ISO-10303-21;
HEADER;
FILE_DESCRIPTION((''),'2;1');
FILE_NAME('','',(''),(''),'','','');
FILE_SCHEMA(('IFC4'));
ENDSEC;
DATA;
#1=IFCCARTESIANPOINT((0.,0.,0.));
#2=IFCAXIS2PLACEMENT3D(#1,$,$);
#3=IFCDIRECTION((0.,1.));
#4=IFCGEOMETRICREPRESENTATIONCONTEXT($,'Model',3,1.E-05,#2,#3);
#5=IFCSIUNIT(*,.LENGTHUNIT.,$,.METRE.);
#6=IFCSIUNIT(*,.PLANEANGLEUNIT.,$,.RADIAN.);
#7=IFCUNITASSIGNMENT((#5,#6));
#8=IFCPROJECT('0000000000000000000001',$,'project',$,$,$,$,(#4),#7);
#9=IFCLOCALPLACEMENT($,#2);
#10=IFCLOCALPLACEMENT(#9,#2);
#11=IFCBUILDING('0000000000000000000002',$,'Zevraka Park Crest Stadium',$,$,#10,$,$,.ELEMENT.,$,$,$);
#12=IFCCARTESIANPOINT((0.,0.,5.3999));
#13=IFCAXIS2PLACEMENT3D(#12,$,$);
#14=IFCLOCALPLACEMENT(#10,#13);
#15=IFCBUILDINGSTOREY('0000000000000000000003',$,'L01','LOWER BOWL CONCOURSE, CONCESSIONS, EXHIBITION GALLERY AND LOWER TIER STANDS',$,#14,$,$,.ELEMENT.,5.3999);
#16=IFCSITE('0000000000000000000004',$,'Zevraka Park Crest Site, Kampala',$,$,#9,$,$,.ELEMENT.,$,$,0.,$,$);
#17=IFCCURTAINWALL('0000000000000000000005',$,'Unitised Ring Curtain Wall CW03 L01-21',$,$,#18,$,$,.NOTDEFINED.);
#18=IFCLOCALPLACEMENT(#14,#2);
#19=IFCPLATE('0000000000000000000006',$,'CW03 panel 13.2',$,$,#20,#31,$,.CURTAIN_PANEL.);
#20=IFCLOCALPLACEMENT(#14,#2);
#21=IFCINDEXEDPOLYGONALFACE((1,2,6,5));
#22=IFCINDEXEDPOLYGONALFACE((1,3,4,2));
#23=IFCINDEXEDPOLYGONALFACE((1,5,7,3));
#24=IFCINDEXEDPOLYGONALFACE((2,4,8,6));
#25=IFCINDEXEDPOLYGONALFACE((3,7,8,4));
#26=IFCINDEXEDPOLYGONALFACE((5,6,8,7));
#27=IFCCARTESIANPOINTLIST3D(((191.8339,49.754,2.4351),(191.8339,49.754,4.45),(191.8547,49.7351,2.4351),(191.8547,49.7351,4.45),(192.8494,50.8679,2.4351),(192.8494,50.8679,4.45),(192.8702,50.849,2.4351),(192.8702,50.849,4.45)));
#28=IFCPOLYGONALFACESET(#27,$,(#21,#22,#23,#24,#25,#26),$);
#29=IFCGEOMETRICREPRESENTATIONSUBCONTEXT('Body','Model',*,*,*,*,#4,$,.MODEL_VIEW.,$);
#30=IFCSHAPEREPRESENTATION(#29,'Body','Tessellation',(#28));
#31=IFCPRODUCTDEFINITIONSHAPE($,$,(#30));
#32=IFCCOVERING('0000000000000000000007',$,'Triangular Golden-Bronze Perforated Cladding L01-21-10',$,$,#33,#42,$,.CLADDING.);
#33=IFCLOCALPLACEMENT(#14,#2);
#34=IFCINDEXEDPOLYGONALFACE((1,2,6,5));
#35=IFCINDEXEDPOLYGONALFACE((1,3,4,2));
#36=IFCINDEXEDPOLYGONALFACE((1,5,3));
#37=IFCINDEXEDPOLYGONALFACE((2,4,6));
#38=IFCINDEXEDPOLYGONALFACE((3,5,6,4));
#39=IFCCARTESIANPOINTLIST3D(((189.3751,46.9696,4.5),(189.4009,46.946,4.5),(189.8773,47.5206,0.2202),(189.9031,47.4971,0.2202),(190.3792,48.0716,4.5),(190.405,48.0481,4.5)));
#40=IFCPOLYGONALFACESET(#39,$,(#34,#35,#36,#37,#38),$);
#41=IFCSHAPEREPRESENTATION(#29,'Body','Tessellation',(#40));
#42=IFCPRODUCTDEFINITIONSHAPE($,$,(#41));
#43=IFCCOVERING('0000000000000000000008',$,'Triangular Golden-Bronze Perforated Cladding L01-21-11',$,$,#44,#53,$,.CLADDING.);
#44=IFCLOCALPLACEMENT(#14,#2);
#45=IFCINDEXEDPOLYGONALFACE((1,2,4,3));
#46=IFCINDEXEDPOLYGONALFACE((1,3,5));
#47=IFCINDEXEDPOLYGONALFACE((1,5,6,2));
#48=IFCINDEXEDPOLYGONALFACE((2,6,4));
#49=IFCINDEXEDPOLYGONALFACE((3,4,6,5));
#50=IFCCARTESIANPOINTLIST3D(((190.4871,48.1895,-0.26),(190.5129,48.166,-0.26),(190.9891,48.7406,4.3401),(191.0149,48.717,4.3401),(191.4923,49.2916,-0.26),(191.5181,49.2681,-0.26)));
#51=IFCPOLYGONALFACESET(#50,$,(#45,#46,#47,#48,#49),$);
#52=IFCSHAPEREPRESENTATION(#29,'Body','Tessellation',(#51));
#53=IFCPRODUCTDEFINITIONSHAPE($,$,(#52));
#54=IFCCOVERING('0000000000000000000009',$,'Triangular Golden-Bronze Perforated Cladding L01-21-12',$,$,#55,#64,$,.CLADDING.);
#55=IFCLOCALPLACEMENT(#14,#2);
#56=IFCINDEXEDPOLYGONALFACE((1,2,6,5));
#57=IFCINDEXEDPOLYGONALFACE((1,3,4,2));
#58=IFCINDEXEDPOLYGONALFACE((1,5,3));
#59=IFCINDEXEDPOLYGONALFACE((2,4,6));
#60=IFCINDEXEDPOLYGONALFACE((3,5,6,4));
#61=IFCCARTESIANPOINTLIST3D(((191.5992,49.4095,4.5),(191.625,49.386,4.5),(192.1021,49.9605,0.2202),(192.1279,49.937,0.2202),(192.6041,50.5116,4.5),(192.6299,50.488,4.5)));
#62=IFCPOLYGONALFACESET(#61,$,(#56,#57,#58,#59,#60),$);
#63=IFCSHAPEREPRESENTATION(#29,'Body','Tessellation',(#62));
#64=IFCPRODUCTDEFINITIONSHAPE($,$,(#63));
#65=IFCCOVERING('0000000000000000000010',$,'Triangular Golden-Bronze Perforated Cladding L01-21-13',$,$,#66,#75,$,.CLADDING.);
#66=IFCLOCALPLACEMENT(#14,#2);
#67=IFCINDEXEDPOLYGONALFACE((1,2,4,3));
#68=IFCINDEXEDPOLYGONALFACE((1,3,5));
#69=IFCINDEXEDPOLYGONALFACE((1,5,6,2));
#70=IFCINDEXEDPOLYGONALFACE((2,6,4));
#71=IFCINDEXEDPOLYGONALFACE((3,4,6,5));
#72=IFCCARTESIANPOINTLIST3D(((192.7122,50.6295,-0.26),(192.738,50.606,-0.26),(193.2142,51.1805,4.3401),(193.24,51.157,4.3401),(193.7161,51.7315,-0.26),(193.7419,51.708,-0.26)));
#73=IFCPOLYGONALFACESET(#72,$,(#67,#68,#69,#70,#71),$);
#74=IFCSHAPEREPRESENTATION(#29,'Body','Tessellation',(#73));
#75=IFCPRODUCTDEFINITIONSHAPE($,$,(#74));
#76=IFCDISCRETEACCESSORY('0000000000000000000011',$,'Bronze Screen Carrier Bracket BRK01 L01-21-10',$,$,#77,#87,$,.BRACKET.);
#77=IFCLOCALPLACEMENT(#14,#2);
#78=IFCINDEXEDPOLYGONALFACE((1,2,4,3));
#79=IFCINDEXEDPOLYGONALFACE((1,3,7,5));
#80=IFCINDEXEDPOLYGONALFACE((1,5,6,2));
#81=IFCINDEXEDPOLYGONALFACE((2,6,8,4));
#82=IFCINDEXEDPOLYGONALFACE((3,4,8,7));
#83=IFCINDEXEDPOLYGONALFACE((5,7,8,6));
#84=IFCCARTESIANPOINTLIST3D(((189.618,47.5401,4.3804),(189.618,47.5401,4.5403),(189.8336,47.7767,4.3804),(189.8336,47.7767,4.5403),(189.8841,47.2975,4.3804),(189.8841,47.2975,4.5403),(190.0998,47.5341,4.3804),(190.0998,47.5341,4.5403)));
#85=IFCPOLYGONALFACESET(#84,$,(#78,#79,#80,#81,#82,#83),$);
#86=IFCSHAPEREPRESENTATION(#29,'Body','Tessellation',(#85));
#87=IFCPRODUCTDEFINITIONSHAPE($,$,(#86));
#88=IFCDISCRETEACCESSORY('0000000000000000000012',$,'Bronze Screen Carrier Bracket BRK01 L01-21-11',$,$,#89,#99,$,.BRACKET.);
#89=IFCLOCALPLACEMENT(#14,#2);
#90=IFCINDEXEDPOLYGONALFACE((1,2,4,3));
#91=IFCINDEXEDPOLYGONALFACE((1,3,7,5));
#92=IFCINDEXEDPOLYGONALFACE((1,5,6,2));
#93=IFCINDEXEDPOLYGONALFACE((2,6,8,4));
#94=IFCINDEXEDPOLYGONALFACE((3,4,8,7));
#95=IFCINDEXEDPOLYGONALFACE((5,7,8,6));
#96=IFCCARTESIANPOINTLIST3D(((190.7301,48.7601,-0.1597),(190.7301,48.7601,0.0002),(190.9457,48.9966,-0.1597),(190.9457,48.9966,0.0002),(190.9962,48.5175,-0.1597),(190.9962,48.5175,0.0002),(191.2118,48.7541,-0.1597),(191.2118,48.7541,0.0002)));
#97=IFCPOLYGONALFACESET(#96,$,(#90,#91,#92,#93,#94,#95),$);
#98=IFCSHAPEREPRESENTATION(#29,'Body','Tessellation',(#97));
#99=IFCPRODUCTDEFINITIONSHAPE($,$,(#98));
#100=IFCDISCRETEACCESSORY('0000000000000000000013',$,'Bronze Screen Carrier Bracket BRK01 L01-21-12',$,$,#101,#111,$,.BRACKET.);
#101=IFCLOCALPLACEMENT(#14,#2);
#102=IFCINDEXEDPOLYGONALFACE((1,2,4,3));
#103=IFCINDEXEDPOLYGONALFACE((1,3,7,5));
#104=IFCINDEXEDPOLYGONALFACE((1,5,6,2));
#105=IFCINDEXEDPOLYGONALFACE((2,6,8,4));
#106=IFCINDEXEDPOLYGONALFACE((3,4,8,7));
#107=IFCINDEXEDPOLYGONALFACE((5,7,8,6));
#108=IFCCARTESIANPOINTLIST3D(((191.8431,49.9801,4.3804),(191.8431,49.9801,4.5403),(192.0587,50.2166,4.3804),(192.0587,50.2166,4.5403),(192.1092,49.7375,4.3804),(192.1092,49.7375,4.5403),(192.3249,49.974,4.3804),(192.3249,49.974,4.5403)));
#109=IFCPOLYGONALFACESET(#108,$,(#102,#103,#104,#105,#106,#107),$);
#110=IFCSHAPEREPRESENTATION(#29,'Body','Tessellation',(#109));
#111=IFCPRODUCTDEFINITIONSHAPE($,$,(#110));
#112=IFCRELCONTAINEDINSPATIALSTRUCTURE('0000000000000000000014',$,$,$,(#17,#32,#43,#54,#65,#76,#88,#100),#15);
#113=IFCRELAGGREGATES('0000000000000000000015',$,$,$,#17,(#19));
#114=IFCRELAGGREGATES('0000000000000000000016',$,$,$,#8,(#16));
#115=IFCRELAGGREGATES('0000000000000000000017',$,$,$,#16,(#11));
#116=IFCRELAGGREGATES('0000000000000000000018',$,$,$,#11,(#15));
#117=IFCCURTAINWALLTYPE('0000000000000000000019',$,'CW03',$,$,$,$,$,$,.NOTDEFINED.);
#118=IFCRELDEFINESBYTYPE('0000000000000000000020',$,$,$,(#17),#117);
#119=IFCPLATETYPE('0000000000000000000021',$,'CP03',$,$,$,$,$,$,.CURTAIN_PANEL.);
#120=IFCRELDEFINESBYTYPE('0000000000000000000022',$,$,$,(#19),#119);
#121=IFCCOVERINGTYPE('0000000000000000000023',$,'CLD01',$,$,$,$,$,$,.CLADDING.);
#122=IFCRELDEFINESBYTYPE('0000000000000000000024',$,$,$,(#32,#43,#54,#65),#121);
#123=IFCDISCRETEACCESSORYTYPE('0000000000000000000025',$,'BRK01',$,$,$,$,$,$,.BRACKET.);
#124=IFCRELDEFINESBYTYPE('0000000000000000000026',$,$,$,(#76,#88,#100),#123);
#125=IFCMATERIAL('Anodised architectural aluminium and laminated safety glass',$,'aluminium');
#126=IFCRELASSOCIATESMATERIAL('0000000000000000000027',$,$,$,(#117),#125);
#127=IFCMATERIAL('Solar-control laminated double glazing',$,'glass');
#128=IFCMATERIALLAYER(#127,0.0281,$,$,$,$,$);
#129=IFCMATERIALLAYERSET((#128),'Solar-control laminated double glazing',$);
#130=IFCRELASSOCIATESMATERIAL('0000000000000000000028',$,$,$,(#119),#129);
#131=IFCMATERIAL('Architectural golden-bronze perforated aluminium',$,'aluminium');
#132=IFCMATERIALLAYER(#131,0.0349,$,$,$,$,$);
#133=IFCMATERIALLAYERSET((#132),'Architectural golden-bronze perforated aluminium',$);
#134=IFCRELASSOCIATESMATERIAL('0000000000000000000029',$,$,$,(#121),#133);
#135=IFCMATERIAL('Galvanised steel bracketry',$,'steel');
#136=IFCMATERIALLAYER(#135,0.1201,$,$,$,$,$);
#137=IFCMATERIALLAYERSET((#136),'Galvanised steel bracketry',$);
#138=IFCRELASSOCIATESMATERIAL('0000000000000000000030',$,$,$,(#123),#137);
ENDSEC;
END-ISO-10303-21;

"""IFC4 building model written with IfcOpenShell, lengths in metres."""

from ifc_helpers import new_model, si_unit, direction, frame, origin, origin_2d, place, context, subcontext, project, spatial, polyline, rectangle, outline, extrude, material, layer, layer_set, type_object, element, aggregate, save


model = new_model("IFC4")

# Units and contexts
model_context = context("Model", 3, precision=1e-05, world=origin(), true_north=direction((0.0, 1.0)))
body_context = subcontext(model_context, "Body", "Model", "MODEL_VIEW")
ifc_project = project(units=[si_unit("LENGTHUNIT", "METRE"), si_unit("PLANEANGLEUNIT", "RADIAN")], contexts=[model_context])

# Site, building, storey
site_placement = place(None, origin())
site = spatial("IfcSite", under=ifc_project, at=site_placement, Name="Zevraka Park Crest Site, Kampala", CompositionType="ELEMENT", RefElevation=0.0)
building_placement = place(site_placement, origin())
building = spatial("IfcBuilding", under=site, at=building_placement, Name="Zevraka Park Crest Stadium", CompositionType="ELEMENT")
storey_placement = place(building_placement, frame((0.0, 0.0, 5.3999)))
storey = spatial("IfcBuildingStorey", under=building, at=storey_placement, Name="L01", Description="LOWER BOWL CONCOURSE, CONCESSIONS, EXHIBITION GALLERY AND LOWER TIER STANDS", CompositionType="ELEMENT", Elevation=5.3999)

# Curtain wall, plate
ifc_material_1 = material(Name="Anodised architectural aluminium and laminated safety glass", Category="aluminium")
curtain_wall_type = type_object("IfcCurtainWallType", Name="CW03", PredefinedType="NOTDEFINED", material=ifc_material_1)
curtain_wall_placement = place(storey_placement, origin())
curtain_wall = element("IfcCurtainWall", 1, at=curtain_wall_placement, inside=storey, type_object=curtain_wall_type, Name="Unitised Ring Curtain Wall CW03 L01-21", PredefinedType="NOTDEFINED")
ifc_material_2 = material(Name="Solar-control laminated double glazing", Category="glass")
ifc_layer_1 = layer(ifc_material_2, 0.0281)
ifc_layer_set_1 = layer_set([ifc_layer_1], Name="Solar-control laminated double glazing")
plate_type = type_object("IfcPlateType", Name="CP03", PredefinedType="CURTAIN_PANEL", material=ifc_layer_set_1)
plate_1_placement = place(storey_placement, frame((192.3521, 50.3015, 2.4351), z_axis=(0.0, 0.0, 1.0), x_axis=(0.67368, 0.739023, 0.0)))
plate_1 = element("IfcPlate", 2, at=plate_1_placement, type_object=plate_type, Name="CW03 panel 13.2", PredefinedType="CURTAIN_PANEL", context=body_context, shape_type="SweptSolid", body=[
    extrude(rectangle(XDim=1.5073, YDim=0.0281, at=origin_2d()), origin(), (0.0, 0.0, 1.0), 2.0149),
])
aggregate(curtain_wall, [plate_1])

# Coverings
ifc_material_3 = material(Name="Architectural golden-bronze perforated aluminium", Category="aluminium")
ifc_layer_2 = layer(ifc_material_3, 0.0349)
ifc_layer_set_2 = layer_set([ifc_layer_2], Name="Architectural golden-bronze perforated aluminium")
covering_type = type_object("IfcCoveringType", Name="CLD01", PredefinedType="CLADDING", material=ifc_layer_set_2)
covering_1_placement = place(storey_placement, frame((190.405, 48.0481, 4.5), z_axis=(0.739176, -0.673512, 0.000021), x_axis=(-0.673512, -0.739176, 0.0)))
element("IfcCovering", 3, at=covering_1_placement, inside=storey, type_object=covering_type, Name="Triangular Golden-Bronze Perforated Cladding L01-21-10", PredefinedType="CLADDING", context=body_context, shape_type="SweptSolid", body=[
    extrude(outline(polyline([(0.0, 0.0), (1.4909, 0.0), (0.7454, 4.2798), (0.0, 0.0)])), origin(), (0.0, 0.0, -1.0), 0.0349),
])
covering_2_placement = place(storey_placement, frame((190.5129, 48.166, -0.26), z_axis=(0.73885, -0.67387, 0.000098), x_axis=(0.67387, 0.73885, 0.0)))
element("IfcCovering", 4, at=covering_2_placement, inside=storey, type_object=covering_type, Name="Triangular Golden-Bronze Perforated Cladding L01-21-11", PredefinedType="CLADDING", context=body_context, shape_type="SweptSolid", body=[
    extrude(outline(polyline([(0.0, 0.0), (1.4916, 0.0), (0.7454, 4.6001), (0.0, 0.0)])), origin(), (0.0, 0.0, -1.0), 0.0349),
])
covering_3_placement = place(storey_placement, frame((192.6299, 50.488, 4.5), z_axis=(0.738932, -0.67378, 0.000084), x_axis=(-0.67378, -0.738932, 0.0)))
element("IfcCovering", 5, at=covering_3_placement, inside=storey, type_object=covering_type, Name="Triangular Golden-Bronze Perforated Cladding L01-21-12", PredefinedType="CLADDING", context=body_context, shape_type="SweptSolid", body=[
    extrude(outline(polyline([(0.0, 0.0), (1.4914, 0.0), (0.7454, 4.2798), (0.0, 0.0)])), origin(), (0.0, 0.0, -1.0), 0.0349),
])
covering_4_placement = place(storey_placement, frame((192.738, 50.606, -0.26), z_axis=(0.739258, -0.673422, 0.0), x_axis=(0.673422, 0.739258, 0.0)))
element("IfcCovering", 6, at=covering_4_placement, inside=storey, type_object=covering_type, Name="Triangular Golden-Bronze Perforated Cladding L01-21-13", PredefinedType="CLADDING", context=body_context, shape_type="SweptSolid", body=[
    extrude(outline(polyline([(0.0, 0.0), (1.4908, 0.0), (0.7454, 4.6001), (0.0, 0.0)])), origin(), (0.0, 0.0, -1.0), 0.0349),
])

# Discrete accessories
ifc_material_4 = material(Name="Galvanised steel bracketry", Category="steel")
ifc_layer_3 = layer(ifc_material_4, 0.1201)
ifc_layer_set_3 = layer_set([ifc_layer_3], Name="Galvanised steel bracketry")
discrete_accessory_type = type_object("IfcDiscreteAccessoryType", Name="BRK01", PredefinedType="BRACKET", material=ifc_layer_set_3)
for number, where, z_axis, x_axis, name in (
    (7, (189.8589, 47.5371, 4.3804), (0.0, 0.0, 1.0), (0.673658, 0.739043, 0.0), "Bronze Screen Carrier Bracket BRK01 L01-21-10"),
    (8, (190.9709, 48.7571, -0.1597), (0.0, 0.0, 1.0), (0.673658, 0.739043, 0.0), "Bronze Screen Carrier Bracket BRK01 L01-21-11"),
    (9, (192.084, 49.9771, 4.3804), (0.0, 0.0, 1.0), (0.673658, 0.739043, 0.0), "Bronze Screen Carrier Bracket BRK01 L01-21-12"),
):
    element("IfcDiscreteAccessory", number, at=place(storey_placement, frame(where, z_axis=z_axis, x_axis=x_axis)), inside=storey, type_object=discrete_accessory_type, Name=name, PredefinedType="BRACKET", context=body_context, shape_type="SweptSolid", body=[
        extrude(rectangle(XDim=0.3201, YDim=0.3601, at=origin_2d()), origin(), (0.0, 0.0, 1.0), 0.1599),
    ])

save(model, "model.ifc")
